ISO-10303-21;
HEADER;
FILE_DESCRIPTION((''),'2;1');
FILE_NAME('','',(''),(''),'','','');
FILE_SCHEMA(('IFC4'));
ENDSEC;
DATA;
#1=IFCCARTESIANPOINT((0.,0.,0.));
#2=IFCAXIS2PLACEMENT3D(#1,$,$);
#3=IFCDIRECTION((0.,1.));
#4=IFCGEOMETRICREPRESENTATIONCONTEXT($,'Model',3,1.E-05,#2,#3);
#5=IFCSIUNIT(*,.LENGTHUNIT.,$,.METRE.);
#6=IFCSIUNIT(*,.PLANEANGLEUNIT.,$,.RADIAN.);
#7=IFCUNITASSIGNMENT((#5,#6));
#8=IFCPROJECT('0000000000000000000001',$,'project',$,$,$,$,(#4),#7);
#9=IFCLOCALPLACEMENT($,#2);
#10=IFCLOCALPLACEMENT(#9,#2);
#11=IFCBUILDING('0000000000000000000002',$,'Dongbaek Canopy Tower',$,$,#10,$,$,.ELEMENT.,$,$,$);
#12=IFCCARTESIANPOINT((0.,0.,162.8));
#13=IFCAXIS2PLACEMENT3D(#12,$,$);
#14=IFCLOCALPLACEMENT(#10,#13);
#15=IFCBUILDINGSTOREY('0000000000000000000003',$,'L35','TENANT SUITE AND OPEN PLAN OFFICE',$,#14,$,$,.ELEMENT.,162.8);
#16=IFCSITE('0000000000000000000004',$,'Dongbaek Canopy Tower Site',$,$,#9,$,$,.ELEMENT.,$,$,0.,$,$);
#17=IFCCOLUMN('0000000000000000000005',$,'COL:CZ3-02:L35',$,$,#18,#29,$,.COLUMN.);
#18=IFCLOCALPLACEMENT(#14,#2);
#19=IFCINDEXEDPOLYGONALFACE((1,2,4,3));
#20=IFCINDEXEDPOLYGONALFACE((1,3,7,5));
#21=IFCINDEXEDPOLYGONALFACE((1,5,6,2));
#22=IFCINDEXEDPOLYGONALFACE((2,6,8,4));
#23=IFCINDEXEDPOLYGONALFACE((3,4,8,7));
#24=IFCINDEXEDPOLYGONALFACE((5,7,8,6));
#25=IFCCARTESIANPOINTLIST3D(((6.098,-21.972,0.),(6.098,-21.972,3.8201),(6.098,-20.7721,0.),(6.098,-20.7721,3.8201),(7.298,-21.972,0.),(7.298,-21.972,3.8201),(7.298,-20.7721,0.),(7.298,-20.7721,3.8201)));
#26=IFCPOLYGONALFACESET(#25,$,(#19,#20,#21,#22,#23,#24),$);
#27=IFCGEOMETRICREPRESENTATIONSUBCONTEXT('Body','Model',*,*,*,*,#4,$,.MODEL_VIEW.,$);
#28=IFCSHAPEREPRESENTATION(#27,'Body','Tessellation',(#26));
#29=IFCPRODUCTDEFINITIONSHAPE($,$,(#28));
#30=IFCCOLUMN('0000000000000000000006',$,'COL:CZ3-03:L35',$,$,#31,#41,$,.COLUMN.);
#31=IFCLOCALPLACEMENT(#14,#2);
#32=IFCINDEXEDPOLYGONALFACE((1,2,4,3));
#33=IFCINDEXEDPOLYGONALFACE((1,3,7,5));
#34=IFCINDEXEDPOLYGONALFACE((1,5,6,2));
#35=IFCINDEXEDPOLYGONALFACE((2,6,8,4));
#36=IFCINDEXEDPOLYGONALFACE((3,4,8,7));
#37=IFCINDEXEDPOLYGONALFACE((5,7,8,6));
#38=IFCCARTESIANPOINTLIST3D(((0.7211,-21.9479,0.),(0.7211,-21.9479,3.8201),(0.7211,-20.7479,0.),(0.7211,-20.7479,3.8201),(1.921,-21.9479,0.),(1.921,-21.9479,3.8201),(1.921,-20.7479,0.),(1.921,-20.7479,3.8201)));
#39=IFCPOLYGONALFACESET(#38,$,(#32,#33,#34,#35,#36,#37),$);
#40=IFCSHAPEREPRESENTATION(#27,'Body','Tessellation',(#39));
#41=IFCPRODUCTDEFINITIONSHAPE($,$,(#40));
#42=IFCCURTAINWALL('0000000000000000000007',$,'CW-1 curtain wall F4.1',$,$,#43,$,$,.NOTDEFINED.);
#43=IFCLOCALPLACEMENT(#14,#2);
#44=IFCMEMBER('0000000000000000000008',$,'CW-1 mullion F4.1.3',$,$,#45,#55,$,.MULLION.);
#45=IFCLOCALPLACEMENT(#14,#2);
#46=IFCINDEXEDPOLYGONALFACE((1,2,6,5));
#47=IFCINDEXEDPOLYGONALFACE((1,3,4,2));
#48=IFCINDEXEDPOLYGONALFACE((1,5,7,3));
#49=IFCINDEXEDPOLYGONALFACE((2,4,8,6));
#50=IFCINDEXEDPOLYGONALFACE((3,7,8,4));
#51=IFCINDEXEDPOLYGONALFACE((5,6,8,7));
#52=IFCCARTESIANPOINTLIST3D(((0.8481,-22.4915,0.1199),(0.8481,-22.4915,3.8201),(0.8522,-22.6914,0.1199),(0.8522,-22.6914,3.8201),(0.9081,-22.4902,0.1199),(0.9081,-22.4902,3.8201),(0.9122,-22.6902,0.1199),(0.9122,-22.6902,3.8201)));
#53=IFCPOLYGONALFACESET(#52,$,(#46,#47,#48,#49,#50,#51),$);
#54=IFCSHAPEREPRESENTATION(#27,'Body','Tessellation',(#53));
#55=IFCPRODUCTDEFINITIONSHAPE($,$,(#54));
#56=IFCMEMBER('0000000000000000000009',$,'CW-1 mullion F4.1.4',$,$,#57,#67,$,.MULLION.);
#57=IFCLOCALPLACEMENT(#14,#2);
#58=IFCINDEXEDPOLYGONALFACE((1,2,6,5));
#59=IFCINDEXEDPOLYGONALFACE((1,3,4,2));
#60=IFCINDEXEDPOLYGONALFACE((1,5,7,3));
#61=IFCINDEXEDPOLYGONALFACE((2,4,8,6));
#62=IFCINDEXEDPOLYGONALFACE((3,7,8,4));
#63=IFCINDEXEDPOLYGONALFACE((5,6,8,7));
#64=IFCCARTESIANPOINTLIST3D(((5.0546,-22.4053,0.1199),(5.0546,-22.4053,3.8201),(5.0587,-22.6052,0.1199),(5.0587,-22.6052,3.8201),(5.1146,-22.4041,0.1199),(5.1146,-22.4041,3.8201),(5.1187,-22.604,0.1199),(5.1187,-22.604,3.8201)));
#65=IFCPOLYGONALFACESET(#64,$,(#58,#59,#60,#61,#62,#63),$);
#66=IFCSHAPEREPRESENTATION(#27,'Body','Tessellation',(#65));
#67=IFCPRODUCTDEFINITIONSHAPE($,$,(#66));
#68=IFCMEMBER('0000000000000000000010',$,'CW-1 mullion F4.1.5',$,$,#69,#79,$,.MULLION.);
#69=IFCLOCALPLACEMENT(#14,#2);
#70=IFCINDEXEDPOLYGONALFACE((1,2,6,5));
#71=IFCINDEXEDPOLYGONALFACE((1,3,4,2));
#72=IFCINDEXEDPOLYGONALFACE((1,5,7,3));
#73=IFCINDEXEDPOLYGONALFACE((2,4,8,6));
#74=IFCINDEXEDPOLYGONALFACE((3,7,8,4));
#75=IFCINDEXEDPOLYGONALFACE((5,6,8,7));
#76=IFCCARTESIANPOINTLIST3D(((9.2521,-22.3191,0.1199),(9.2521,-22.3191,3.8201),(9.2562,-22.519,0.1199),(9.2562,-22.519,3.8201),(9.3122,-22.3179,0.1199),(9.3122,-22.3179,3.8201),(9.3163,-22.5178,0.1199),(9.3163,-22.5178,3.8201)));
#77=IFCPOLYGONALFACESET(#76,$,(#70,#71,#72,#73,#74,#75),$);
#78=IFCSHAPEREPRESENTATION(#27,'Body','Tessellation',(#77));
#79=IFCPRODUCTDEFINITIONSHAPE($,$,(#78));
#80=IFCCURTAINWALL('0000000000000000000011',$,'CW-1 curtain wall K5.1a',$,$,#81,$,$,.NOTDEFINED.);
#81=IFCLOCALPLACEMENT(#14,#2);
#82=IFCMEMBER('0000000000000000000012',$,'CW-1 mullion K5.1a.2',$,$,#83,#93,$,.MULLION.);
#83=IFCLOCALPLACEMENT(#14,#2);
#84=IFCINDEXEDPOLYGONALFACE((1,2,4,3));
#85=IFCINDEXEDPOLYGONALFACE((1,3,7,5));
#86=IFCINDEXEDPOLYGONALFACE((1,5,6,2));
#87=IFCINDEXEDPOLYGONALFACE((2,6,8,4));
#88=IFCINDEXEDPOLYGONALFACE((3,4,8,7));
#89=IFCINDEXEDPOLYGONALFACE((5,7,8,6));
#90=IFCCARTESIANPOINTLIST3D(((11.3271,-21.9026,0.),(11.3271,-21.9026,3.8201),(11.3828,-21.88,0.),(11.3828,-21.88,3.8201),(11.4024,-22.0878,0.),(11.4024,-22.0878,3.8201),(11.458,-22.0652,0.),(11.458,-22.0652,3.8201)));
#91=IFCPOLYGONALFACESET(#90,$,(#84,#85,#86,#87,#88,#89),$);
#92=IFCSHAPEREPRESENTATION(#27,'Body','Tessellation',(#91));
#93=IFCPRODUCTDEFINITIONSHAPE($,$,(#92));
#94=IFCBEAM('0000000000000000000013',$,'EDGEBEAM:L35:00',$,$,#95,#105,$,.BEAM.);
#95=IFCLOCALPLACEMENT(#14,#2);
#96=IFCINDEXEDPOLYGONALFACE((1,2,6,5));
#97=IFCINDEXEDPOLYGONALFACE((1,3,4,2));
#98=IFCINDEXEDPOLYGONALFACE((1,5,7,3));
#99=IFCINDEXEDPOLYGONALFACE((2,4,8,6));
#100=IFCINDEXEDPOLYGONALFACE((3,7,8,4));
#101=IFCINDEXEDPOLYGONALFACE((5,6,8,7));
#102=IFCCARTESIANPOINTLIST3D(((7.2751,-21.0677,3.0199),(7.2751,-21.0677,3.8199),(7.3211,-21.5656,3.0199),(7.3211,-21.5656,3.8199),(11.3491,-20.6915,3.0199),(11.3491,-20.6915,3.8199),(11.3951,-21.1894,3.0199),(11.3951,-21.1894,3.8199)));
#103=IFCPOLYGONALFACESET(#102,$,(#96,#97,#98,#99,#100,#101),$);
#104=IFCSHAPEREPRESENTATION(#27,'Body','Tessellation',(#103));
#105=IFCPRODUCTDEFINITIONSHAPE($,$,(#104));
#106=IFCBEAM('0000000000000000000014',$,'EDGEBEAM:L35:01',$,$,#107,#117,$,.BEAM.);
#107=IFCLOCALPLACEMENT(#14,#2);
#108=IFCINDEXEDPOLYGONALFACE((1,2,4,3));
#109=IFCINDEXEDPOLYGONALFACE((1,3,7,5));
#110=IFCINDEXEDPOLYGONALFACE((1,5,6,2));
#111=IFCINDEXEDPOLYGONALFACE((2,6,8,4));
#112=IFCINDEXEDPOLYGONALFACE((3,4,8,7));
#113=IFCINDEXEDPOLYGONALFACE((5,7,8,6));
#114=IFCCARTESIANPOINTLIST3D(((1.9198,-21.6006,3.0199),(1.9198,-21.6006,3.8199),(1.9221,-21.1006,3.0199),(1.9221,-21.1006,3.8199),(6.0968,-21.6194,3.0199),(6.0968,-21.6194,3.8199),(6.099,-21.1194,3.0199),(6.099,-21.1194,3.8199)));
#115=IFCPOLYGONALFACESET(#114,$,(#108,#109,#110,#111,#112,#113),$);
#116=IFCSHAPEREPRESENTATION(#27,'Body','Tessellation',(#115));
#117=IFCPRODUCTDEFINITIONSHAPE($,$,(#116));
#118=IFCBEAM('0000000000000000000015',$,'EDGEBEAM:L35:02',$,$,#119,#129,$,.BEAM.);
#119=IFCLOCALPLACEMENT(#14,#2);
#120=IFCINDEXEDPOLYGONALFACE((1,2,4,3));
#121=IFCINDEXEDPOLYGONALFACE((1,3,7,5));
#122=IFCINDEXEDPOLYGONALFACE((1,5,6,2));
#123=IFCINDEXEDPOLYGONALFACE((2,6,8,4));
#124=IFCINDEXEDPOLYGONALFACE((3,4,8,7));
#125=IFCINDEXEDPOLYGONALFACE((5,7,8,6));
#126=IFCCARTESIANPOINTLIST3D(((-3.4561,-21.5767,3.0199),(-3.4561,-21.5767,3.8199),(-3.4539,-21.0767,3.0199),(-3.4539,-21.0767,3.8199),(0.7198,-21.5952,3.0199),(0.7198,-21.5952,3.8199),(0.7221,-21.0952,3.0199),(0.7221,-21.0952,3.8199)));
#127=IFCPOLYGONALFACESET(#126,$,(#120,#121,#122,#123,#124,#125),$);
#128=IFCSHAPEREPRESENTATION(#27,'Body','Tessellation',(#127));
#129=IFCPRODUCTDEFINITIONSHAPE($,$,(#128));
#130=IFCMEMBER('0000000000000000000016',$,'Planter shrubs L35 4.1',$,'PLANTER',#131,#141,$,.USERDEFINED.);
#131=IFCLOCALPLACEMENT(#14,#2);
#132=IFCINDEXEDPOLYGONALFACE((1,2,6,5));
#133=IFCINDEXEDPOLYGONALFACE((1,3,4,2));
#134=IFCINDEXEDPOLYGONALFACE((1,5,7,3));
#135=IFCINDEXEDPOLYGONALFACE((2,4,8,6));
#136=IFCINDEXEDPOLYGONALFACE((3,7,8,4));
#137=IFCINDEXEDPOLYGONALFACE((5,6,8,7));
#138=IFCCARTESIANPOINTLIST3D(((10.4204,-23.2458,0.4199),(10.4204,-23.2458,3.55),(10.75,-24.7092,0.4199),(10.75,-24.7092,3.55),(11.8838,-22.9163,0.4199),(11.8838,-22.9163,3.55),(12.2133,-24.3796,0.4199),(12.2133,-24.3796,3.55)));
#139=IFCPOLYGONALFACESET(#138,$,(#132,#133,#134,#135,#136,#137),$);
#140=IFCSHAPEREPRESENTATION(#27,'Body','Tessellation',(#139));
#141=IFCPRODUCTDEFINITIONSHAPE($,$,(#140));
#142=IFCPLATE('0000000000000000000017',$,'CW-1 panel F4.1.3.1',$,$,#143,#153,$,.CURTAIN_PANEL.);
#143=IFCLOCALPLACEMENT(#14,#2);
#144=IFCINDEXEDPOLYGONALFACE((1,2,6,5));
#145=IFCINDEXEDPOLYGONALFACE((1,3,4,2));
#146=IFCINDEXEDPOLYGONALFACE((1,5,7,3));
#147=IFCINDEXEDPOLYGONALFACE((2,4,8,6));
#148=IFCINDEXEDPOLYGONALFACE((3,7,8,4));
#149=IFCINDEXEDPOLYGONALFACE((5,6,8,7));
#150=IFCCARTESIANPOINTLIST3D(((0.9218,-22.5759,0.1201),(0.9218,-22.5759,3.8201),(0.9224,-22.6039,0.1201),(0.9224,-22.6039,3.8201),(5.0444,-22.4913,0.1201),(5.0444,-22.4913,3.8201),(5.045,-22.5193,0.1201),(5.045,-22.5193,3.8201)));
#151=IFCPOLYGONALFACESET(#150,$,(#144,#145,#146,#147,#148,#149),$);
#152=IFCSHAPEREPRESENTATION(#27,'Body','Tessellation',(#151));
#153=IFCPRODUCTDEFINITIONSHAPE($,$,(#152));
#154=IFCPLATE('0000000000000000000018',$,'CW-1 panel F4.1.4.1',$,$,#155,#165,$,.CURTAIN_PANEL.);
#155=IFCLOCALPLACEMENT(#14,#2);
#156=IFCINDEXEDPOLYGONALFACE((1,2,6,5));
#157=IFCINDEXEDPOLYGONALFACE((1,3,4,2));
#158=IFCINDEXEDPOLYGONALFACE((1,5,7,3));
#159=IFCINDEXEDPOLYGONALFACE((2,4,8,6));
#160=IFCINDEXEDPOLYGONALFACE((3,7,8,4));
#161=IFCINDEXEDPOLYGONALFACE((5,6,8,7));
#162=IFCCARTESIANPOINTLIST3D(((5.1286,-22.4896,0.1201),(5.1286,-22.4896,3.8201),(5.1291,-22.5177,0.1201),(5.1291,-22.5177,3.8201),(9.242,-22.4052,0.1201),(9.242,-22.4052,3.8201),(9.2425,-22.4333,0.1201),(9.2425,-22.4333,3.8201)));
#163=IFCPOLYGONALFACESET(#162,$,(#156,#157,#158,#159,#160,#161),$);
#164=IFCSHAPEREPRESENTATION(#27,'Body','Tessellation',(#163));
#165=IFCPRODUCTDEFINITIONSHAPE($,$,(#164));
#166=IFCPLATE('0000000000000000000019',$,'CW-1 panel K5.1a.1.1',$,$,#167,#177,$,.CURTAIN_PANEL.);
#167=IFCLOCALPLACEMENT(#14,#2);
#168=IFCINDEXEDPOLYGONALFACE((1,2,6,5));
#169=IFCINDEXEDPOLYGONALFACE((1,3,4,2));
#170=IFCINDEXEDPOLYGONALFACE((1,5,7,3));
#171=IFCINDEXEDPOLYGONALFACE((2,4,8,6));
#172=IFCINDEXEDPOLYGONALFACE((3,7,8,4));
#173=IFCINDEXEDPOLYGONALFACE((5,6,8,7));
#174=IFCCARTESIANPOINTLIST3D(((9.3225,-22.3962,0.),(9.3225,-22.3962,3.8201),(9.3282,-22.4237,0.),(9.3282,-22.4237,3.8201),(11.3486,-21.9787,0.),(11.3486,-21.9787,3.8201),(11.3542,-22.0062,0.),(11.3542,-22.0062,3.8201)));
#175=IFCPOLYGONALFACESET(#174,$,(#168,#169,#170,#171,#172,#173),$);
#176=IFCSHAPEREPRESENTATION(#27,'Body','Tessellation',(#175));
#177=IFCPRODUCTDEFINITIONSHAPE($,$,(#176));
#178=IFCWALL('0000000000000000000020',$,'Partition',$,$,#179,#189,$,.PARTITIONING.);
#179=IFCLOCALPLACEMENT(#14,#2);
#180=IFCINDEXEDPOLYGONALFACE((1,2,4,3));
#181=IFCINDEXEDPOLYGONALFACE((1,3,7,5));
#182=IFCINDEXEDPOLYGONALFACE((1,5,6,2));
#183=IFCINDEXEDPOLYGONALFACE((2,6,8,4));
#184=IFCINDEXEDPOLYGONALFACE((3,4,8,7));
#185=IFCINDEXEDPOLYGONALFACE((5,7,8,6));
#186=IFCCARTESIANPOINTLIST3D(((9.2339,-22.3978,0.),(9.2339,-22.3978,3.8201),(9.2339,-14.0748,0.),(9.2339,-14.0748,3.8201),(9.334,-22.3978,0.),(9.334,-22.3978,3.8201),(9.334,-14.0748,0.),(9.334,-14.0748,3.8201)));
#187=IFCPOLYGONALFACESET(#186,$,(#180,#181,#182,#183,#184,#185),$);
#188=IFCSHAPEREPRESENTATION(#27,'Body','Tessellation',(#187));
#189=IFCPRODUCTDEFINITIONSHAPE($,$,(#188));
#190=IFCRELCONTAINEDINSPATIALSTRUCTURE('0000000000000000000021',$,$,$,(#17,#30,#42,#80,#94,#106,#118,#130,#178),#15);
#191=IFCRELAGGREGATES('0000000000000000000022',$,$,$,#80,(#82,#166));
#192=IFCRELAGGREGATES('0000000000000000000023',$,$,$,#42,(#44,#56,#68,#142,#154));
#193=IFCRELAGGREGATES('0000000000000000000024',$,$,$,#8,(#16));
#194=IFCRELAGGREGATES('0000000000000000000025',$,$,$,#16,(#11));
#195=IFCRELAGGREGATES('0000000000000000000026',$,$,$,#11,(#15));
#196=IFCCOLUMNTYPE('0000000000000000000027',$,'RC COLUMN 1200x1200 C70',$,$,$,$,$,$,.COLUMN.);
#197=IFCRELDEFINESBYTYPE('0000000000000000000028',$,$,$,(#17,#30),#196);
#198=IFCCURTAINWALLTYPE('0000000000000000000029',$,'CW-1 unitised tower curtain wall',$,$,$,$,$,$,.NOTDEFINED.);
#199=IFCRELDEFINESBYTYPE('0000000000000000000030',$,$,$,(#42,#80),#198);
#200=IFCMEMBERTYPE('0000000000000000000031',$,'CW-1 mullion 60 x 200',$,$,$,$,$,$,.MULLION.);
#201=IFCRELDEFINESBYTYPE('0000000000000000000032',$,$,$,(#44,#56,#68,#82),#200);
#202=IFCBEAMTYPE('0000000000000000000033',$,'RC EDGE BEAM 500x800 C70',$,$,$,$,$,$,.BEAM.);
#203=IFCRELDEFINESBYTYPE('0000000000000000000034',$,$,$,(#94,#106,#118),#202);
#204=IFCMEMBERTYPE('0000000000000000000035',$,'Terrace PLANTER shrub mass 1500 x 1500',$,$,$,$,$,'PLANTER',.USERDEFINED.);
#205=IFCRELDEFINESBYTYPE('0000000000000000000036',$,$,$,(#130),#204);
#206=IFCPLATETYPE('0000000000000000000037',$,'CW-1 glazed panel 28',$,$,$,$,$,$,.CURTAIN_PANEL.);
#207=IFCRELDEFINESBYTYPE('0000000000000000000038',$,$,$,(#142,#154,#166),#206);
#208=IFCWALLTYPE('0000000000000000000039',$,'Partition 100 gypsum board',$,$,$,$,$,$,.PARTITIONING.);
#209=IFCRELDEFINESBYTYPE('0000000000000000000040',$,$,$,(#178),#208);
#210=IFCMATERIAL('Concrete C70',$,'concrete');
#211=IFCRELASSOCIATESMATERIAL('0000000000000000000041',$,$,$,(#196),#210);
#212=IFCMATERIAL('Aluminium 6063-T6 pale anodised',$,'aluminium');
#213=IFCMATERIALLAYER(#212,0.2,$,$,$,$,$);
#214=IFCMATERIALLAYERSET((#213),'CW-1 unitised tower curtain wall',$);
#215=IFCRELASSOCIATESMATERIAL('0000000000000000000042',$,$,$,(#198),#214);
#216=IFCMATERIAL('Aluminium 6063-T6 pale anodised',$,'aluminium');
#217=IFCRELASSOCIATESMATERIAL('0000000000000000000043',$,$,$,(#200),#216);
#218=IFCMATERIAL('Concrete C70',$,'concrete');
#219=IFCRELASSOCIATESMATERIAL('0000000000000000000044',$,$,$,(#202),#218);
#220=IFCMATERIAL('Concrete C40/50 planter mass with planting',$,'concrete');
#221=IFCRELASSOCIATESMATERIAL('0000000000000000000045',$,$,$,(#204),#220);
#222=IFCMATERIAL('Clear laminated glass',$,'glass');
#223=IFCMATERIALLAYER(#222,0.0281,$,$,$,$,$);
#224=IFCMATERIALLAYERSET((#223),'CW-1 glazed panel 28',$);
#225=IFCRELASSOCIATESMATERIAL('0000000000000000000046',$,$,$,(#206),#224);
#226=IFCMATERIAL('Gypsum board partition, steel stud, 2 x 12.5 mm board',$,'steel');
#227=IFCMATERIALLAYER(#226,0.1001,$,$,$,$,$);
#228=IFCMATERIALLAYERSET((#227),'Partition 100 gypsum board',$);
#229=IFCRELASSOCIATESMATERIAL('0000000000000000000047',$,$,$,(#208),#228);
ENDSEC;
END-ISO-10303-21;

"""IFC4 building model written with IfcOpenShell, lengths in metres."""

from ifc_helpers import new_model, si_unit, direction, frame, frame_2d, origin, origin_2d, place, context, subcontext, project, spatial, rectangle, extrude, material, layer, layer_set, material_profile, profile_set, type_object, element, aggregate, save


model = new_model("IFC4")

# Units and contexts
model_context = context("Model", 3, precision=1e-05, world=origin(), true_north=direction((0.0, 1.0)))
body_context = subcontext(model_context, "Body", "Model", "MODEL_VIEW")
ifc_project = project(units=[si_unit("LENGTHUNIT", "METRE"), si_unit("PLANEANGLEUNIT", "RADIAN")], contexts=[model_context])

# Site, building, storey
site_placement = place(None, origin())
site = spatial("IfcSite", under=ifc_project, at=site_placement, Name="Dongbaek Canopy Tower Site", CompositionType="ELEMENT", RefElevation=0.0)
building_placement = place(site_placement, origin())
building = spatial("IfcBuilding", under=site, at=building_placement, Name="Dongbaek Canopy Tower", CompositionType="ELEMENT")
storey_placement = place(building_placement, frame((0.0, 0.0, 162.8)))
storey = spatial("IfcBuildingStorey", under=building, at=storey_placement, Name="L35", Description="TENANT SUITE AND OPEN PLAN OFFICE", CompositionType="ELEMENT", Elevation=162.8)

# Columns
ifc_material_1 = material(Name="Concrete C70", Category="concrete")
ifc_material_profile_1 = material_profile(ifc_material_1, rectangle(XDim=1.2, YDim=1.2, at=origin_2d()), Name="RC COLUMN 1200x1200 C70")
ifc_profile_set_1 = profile_set([ifc_material_profile_1], Name="Concrete C70")
column_type = type_object("IfcColumnType", Name="RC COLUMN 1200x1200 C70", PredefinedType="COLUMN", material=ifc_profile_set_1)
for number, where, z_axis, x_axis, name in (
    (1, (6.698, -21.3721, 0.0), (0.0, 0.0, 1.0), (1.0, 0.0, 0.0), "COL:CZ3-02:L35"),
    (2, (1.321, -21.3479, 0.0), (0.0, 0.0, 1.0), (1.0, 0.0, 0.0), "COL:CZ3-03:L35"),
):
    element("IfcColumn", number, at=place(storey_placement, frame(where, z_axis=z_axis, x_axis=x_axis)), inside=storey, type_object=column_type, Name=name, PredefinedType="COLUMN", context=body_context, shape_type="SweptSolid", body=[
        extrude(rectangle(XDim=1.2, YDim=1.2, at=origin_2d()), origin(), (0.0, 0.0, 1.0), 3.8201),
    ])

# Curtain wall, members
ifc_material_2 = material(Name="Aluminium 6063-T6 pale anodised", Category="aluminium")
ifc_layer_1 = layer(ifc_material_2, 0.2)
ifc_layer_set_1 = layer_set([ifc_layer_1], Name="CW-1 unitised tower curtain wall")
curtain_wall_type = type_object("IfcCurtainWallType", Name="CW-1 unitised tower curtain wall", PredefinedType="NOTDEFINED", material=ifc_layer_set_1)
curtain_wall_1_placement = place(storey_placement, origin())
curtain_wall_1 = element("IfcCurtainWall", 3, at=curtain_wall_1_placement, inside=storey, type_object=curtain_wall_type, Name="CW-1 curtain wall F4.1", PredefinedType="NOTDEFINED")
ifc_material_3 = material(Name="Aluminium 6063-T6 pale anodised", Category="aluminium")
ifc_material_profile_2 = material_profile(ifc_material_3, rectangle(XDim=0.2, YDim=0.0601, at=origin_2d()), Name="CW-1 mullion 60 x 200")
ifc_profile_set_2 = profile_set([ifc_material_profile_2], Name="Aluminium 6063-T6 pale anodised")
member_type_1 = type_object("IfcMemberType", Name="CW-1 mullion 60 x 200", PredefinedType="MULLION", material=ifc_profile_set_2)
member_1_placement = place(storey_placement, frame((0.8801, -22.5908, 0.1199), z_axis=(0.0, 0.0, 1.0), x_axis=(0.020515, -0.99979, 0.0)))
member_1 = element("IfcMember", 4, at=member_1_placement, type_object=member_type_1, Name="CW-1 mullion F4.1.3", PredefinedType="MULLION", context=body_context, shape_type="SweptSolid", body=[
    extrude(rectangle(XDim=0.2, YDim=0.0601, at=origin_2d()), origin(), (0.0, 0.0, 1.0), 3.7002),
])
member_2_placement = place(storey_placement, frame((5.0867, -22.5046, 0.1199), z_axis=(0.0, 0.0, 1.0), x_axis=(0.020515, -0.99979, 0.0)))
member_2 = element("IfcMember", 5, at=member_2_placement, type_object=member_type_1, Name="CW-1 mullion F4.1.4", PredefinedType="MULLION", context=body_context, shape_type="SweptSolid", body=[
    extrude(rectangle(XDim=0.2, YDim=0.0601, at=origin_2d()), origin(), (0.0, 0.0, 1.0), 3.7002),
])
member_3_placement = place(storey_placement, frame((9.2842, -22.4185, 0.1199), z_axis=(0.0, 0.0, 1.0), x_axis=(0.020515, -0.99979, 0.0)))
member_3 = element("IfcMember", 6, at=member_3_placement, type_object=member_type_1, Name="CW-1 mullion F4.1.5", PredefinedType="MULLION", context=body_context, shape_type="SweptSolid", body=[
    extrude(rectangle(XDim=0.2, YDim=0.0601, at=origin_2d()), origin(), (0.0, 0.0, 1.0), 3.7002),
])

# Curtain wall, member
curtain_wall_2_placement = place(storey_placement, origin())
curtain_wall_2 = element("IfcCurtainWall", 7, at=curtain_wall_2_placement, inside=storey, type_object=curtain_wall_type, Name="CW-1 curtain wall K5.1a", PredefinedType="NOTDEFINED")
member_4_placement = place(storey_placement, frame((11.3926, -21.9839, 0.0), z_axis=(0.0, 0.0, 1.0), x_axis=(0.376398, -0.926458, 0.0)))
member_4 = element("IfcMember", 8, at=member_4_placement, type_object=member_type_1, Name="CW-1 mullion K5.1a.2", PredefinedType="MULLION", context=body_context, shape_type="SweptSolid", body=[
    extrude(rectangle(XDim=0.2, YDim=0.0601, at=origin_2d()), origin(), (0.0, 0.0, 1.0), 3.8201),
])

# Beams
ifc_material_4 = material(Name="Concrete C70", Category="concrete")
ifc_material_profile_3 = material_profile(ifc_material_4, rectangle(XDim=0.5, YDim=0.8, at=origin_2d()), Name="RC EDGE BEAM 500x800 C70")
ifc_profile_set_3 = profile_set([ifc_material_profile_3], Name="Concrete C70")
beam_type = type_object("IfcBeamType", Name="RC EDGE BEAM 500x800 C70", PredefinedType="BEAM", material=ifc_profile_set_3)
beam_1_placement = place(storey_placement, frame((11.3721, -20.9404, 3.4199), z_axis=(-0.995763, -0.091956, 0.0), x_axis=(0.091956, -0.995763, 0.0)))
element("IfcBeam", 9, at=beam_1_placement, inside=storey, type_object=beam_type, Name="EDGEBEAM:L35:00", PredefinedType="BEAM", context=body_context, shape_type="SweptSolid", body=[
    extrude(rectangle(XDim=0.5, YDim=0.8, at=origin_2d()), origin(), (0.0, 0.0, 1.0), 4.0913),
])
beam_2_placement = place(storey_placement, frame((6.0979, -21.3694, 3.4199), z_axis=(-0.99999, 0.004501, 0.0), x_axis=(-0.004501, -0.99999, 0.0)))
element("IfcBeam", 10, at=beam_2_placement, inside=storey, type_object=beam_type, Name="EDGEBEAM:L35:01", PredefinedType="BEAM", context=body_context, shape_type="SweptSolid", body=[
    extrude(rectangle(XDim=0.5, YDim=0.8, at=origin_2d()), origin(), (0.0, 0.0, 1.0), 4.177),
])
beam_3_placement = place(storey_placement, frame((0.7209, -21.3452, 3.4199), z_axis=(-0.99999, 0.004443, 0.0), x_axis=(-0.004443, -0.99999, 0.0)))
element("IfcBeam", 11, at=beam_3_placement, inside=storey, type_object=beam_type, Name="EDGEBEAM:L35:02", PredefinedType="BEAM", context=body_context, shape_type="SweptSolid", body=[
    extrude(rectangle(XDim=0.5, YDim=0.8, at=origin_2d()), origin(), (0.0, 0.0, 1.0), 4.176),
])

# Member
ifc_material_5 = material(Name="Concrete C40/50 planter mass with planting", Category="concrete")
ifc_material_profile_4 = material_profile(ifc_material_5, rectangle(XDim=1.5, YDim=1.5, at=origin_2d()), Name="Terrace PLANTER shrub mass 1500 x 1500")
ifc_profile_set_4 = profile_set([ifc_material_profile_4], Name="Concrete C40/50 planter mass with planting")
member_type_2 = type_object("IfcMemberType", Name="Terrace PLANTER shrub mass 1500 x 1500", ElementType="PLANTER", PredefinedType="USERDEFINED", material=ifc_profile_set_4)
member_5_placement = place(storey_placement, frame((11.3169, -23.8127, 0.4199), z_axis=(0.0, 0.0, 1.0), x_axis=(0.219698, -0.975568, 0.0)))
element("IfcMember", 12, at=member_5_placement, inside=storey, type_object=member_type_2, Name="Planter shrubs L35 4.1", ObjectType="PLANTER", PredefinedType="USERDEFINED", context=body_context, shape_type="SweptSolid", body=[
    extrude(rectangle(XDim=1.5, YDim=1.5, at=origin_2d()), origin(), (0.0, 0.0, 1.0), 3.1301),
])

# Plates
ifc_material_6 = material(Name="Clear laminated glass", Category="glass")
ifc_layer_2 = layer(ifc_material_6, 0.0281)
ifc_layer_set_2 = layer_set([ifc_layer_2], Name="CW-1 glazed panel 28")
plate_type = type_object("IfcPlateType", Name="CW-1 glazed panel 28", PredefinedType="CURTAIN_PANEL", material=ifc_layer_set_2)
plate_1_placement = place(storey_placement, frame((2.9834, -22.5476, 0.1201), z_axis=(0.0, 0.0, 1.0), x_axis=(0.99979, 0.020515, 0.0)))
plate_1 = element("IfcPlate", 13, at=plate_1_placement, type_object=plate_type, Name="CW-1 panel F4.1.3.1", PredefinedType="CURTAIN_PANEL", context=body_context, shape_type="SweptSolid", body=[
    extrude(rectangle(XDim=4.1235, YDim=0.0281, at=origin_2d()), origin(), (0.0, 0.0, 1.0), 3.7),
])
plate_2_placement = place(storey_placement, frame((7.1855, -22.4614, 0.1201), z_axis=(0.0, 0.0, 1.0), x_axis=(0.99979, 0.020515, 0.0)))
plate_2 = element("IfcPlate", 14, at=plate_2_placement, type_object=plate_type, Name="CW-1 panel F4.1.4.1", PredefinedType="CURTAIN_PANEL", context=body_context, shape_type="SweptSolid", body=[
    extrude(rectangle(XDim=4.1143, YDim=0.0281, at=origin_2d()), origin(), (0.0, 0.0, 1.0), 3.7),
])
plate_3_placement = place(storey_placement, frame((10.3384, -22.2012, 0.0), z_axis=(0.0, 0.0, 1.0), x_axis=(0.979424, 0.201815, 0.0)))
plate_3 = element("IfcPlate", 15, at=plate_3_placement, type_object=plate_type, Name="CW-1 panel K5.1a.1.1", PredefinedType="CURTAIN_PANEL", context=body_context, shape_type="SweptSolid", body=[
    extrude(rectangle(XDim=2.0686, YDim=0.0281, at=origin_2d()), origin(), (0.0, 0.0, 1.0), 3.8201),
])
aggregate(curtain_wall_2, [member_4, plate_3])

# Wall
ifc_material_7 = material(Name="Gypsum board partition, steel stud, 2 x 12.5 mm board", Category="steel")
ifc_layer_3 = layer(ifc_material_7, 0.1001)
ifc_layer_set_3 = layer_set([ifc_layer_3], Name="Partition 100 gypsum board")
wall_type = type_object("IfcWallType", Name="Partition 100 gypsum board", PredefinedType="PARTITIONING", material=ifc_layer_set_3)
wall_1_placement = place(storey_placement, frame((9.2839, -22.3979, 0.0), z_axis=(0.0, 0.0, 1.0), x_axis=(0.0, 1.0, 0.0)))
element("IfcWall", 16, at=wall_1_placement, inside=storey, type_object=wall_type, Name="Partition", PredefinedType="PARTITIONING", context=body_context, shape_type="SweptSolid", body=[
    extrude(rectangle(XDim=8.323, YDim=0.1001, at=frame_2d((4.1616, 0.0))), origin(), (0.0, 0.0, 1.0), 3.8201),
])

aggregate(curtain_wall_1, [member_1, member_2, member_3, plate_1, plate_2])

save(model, "model.ifc")
